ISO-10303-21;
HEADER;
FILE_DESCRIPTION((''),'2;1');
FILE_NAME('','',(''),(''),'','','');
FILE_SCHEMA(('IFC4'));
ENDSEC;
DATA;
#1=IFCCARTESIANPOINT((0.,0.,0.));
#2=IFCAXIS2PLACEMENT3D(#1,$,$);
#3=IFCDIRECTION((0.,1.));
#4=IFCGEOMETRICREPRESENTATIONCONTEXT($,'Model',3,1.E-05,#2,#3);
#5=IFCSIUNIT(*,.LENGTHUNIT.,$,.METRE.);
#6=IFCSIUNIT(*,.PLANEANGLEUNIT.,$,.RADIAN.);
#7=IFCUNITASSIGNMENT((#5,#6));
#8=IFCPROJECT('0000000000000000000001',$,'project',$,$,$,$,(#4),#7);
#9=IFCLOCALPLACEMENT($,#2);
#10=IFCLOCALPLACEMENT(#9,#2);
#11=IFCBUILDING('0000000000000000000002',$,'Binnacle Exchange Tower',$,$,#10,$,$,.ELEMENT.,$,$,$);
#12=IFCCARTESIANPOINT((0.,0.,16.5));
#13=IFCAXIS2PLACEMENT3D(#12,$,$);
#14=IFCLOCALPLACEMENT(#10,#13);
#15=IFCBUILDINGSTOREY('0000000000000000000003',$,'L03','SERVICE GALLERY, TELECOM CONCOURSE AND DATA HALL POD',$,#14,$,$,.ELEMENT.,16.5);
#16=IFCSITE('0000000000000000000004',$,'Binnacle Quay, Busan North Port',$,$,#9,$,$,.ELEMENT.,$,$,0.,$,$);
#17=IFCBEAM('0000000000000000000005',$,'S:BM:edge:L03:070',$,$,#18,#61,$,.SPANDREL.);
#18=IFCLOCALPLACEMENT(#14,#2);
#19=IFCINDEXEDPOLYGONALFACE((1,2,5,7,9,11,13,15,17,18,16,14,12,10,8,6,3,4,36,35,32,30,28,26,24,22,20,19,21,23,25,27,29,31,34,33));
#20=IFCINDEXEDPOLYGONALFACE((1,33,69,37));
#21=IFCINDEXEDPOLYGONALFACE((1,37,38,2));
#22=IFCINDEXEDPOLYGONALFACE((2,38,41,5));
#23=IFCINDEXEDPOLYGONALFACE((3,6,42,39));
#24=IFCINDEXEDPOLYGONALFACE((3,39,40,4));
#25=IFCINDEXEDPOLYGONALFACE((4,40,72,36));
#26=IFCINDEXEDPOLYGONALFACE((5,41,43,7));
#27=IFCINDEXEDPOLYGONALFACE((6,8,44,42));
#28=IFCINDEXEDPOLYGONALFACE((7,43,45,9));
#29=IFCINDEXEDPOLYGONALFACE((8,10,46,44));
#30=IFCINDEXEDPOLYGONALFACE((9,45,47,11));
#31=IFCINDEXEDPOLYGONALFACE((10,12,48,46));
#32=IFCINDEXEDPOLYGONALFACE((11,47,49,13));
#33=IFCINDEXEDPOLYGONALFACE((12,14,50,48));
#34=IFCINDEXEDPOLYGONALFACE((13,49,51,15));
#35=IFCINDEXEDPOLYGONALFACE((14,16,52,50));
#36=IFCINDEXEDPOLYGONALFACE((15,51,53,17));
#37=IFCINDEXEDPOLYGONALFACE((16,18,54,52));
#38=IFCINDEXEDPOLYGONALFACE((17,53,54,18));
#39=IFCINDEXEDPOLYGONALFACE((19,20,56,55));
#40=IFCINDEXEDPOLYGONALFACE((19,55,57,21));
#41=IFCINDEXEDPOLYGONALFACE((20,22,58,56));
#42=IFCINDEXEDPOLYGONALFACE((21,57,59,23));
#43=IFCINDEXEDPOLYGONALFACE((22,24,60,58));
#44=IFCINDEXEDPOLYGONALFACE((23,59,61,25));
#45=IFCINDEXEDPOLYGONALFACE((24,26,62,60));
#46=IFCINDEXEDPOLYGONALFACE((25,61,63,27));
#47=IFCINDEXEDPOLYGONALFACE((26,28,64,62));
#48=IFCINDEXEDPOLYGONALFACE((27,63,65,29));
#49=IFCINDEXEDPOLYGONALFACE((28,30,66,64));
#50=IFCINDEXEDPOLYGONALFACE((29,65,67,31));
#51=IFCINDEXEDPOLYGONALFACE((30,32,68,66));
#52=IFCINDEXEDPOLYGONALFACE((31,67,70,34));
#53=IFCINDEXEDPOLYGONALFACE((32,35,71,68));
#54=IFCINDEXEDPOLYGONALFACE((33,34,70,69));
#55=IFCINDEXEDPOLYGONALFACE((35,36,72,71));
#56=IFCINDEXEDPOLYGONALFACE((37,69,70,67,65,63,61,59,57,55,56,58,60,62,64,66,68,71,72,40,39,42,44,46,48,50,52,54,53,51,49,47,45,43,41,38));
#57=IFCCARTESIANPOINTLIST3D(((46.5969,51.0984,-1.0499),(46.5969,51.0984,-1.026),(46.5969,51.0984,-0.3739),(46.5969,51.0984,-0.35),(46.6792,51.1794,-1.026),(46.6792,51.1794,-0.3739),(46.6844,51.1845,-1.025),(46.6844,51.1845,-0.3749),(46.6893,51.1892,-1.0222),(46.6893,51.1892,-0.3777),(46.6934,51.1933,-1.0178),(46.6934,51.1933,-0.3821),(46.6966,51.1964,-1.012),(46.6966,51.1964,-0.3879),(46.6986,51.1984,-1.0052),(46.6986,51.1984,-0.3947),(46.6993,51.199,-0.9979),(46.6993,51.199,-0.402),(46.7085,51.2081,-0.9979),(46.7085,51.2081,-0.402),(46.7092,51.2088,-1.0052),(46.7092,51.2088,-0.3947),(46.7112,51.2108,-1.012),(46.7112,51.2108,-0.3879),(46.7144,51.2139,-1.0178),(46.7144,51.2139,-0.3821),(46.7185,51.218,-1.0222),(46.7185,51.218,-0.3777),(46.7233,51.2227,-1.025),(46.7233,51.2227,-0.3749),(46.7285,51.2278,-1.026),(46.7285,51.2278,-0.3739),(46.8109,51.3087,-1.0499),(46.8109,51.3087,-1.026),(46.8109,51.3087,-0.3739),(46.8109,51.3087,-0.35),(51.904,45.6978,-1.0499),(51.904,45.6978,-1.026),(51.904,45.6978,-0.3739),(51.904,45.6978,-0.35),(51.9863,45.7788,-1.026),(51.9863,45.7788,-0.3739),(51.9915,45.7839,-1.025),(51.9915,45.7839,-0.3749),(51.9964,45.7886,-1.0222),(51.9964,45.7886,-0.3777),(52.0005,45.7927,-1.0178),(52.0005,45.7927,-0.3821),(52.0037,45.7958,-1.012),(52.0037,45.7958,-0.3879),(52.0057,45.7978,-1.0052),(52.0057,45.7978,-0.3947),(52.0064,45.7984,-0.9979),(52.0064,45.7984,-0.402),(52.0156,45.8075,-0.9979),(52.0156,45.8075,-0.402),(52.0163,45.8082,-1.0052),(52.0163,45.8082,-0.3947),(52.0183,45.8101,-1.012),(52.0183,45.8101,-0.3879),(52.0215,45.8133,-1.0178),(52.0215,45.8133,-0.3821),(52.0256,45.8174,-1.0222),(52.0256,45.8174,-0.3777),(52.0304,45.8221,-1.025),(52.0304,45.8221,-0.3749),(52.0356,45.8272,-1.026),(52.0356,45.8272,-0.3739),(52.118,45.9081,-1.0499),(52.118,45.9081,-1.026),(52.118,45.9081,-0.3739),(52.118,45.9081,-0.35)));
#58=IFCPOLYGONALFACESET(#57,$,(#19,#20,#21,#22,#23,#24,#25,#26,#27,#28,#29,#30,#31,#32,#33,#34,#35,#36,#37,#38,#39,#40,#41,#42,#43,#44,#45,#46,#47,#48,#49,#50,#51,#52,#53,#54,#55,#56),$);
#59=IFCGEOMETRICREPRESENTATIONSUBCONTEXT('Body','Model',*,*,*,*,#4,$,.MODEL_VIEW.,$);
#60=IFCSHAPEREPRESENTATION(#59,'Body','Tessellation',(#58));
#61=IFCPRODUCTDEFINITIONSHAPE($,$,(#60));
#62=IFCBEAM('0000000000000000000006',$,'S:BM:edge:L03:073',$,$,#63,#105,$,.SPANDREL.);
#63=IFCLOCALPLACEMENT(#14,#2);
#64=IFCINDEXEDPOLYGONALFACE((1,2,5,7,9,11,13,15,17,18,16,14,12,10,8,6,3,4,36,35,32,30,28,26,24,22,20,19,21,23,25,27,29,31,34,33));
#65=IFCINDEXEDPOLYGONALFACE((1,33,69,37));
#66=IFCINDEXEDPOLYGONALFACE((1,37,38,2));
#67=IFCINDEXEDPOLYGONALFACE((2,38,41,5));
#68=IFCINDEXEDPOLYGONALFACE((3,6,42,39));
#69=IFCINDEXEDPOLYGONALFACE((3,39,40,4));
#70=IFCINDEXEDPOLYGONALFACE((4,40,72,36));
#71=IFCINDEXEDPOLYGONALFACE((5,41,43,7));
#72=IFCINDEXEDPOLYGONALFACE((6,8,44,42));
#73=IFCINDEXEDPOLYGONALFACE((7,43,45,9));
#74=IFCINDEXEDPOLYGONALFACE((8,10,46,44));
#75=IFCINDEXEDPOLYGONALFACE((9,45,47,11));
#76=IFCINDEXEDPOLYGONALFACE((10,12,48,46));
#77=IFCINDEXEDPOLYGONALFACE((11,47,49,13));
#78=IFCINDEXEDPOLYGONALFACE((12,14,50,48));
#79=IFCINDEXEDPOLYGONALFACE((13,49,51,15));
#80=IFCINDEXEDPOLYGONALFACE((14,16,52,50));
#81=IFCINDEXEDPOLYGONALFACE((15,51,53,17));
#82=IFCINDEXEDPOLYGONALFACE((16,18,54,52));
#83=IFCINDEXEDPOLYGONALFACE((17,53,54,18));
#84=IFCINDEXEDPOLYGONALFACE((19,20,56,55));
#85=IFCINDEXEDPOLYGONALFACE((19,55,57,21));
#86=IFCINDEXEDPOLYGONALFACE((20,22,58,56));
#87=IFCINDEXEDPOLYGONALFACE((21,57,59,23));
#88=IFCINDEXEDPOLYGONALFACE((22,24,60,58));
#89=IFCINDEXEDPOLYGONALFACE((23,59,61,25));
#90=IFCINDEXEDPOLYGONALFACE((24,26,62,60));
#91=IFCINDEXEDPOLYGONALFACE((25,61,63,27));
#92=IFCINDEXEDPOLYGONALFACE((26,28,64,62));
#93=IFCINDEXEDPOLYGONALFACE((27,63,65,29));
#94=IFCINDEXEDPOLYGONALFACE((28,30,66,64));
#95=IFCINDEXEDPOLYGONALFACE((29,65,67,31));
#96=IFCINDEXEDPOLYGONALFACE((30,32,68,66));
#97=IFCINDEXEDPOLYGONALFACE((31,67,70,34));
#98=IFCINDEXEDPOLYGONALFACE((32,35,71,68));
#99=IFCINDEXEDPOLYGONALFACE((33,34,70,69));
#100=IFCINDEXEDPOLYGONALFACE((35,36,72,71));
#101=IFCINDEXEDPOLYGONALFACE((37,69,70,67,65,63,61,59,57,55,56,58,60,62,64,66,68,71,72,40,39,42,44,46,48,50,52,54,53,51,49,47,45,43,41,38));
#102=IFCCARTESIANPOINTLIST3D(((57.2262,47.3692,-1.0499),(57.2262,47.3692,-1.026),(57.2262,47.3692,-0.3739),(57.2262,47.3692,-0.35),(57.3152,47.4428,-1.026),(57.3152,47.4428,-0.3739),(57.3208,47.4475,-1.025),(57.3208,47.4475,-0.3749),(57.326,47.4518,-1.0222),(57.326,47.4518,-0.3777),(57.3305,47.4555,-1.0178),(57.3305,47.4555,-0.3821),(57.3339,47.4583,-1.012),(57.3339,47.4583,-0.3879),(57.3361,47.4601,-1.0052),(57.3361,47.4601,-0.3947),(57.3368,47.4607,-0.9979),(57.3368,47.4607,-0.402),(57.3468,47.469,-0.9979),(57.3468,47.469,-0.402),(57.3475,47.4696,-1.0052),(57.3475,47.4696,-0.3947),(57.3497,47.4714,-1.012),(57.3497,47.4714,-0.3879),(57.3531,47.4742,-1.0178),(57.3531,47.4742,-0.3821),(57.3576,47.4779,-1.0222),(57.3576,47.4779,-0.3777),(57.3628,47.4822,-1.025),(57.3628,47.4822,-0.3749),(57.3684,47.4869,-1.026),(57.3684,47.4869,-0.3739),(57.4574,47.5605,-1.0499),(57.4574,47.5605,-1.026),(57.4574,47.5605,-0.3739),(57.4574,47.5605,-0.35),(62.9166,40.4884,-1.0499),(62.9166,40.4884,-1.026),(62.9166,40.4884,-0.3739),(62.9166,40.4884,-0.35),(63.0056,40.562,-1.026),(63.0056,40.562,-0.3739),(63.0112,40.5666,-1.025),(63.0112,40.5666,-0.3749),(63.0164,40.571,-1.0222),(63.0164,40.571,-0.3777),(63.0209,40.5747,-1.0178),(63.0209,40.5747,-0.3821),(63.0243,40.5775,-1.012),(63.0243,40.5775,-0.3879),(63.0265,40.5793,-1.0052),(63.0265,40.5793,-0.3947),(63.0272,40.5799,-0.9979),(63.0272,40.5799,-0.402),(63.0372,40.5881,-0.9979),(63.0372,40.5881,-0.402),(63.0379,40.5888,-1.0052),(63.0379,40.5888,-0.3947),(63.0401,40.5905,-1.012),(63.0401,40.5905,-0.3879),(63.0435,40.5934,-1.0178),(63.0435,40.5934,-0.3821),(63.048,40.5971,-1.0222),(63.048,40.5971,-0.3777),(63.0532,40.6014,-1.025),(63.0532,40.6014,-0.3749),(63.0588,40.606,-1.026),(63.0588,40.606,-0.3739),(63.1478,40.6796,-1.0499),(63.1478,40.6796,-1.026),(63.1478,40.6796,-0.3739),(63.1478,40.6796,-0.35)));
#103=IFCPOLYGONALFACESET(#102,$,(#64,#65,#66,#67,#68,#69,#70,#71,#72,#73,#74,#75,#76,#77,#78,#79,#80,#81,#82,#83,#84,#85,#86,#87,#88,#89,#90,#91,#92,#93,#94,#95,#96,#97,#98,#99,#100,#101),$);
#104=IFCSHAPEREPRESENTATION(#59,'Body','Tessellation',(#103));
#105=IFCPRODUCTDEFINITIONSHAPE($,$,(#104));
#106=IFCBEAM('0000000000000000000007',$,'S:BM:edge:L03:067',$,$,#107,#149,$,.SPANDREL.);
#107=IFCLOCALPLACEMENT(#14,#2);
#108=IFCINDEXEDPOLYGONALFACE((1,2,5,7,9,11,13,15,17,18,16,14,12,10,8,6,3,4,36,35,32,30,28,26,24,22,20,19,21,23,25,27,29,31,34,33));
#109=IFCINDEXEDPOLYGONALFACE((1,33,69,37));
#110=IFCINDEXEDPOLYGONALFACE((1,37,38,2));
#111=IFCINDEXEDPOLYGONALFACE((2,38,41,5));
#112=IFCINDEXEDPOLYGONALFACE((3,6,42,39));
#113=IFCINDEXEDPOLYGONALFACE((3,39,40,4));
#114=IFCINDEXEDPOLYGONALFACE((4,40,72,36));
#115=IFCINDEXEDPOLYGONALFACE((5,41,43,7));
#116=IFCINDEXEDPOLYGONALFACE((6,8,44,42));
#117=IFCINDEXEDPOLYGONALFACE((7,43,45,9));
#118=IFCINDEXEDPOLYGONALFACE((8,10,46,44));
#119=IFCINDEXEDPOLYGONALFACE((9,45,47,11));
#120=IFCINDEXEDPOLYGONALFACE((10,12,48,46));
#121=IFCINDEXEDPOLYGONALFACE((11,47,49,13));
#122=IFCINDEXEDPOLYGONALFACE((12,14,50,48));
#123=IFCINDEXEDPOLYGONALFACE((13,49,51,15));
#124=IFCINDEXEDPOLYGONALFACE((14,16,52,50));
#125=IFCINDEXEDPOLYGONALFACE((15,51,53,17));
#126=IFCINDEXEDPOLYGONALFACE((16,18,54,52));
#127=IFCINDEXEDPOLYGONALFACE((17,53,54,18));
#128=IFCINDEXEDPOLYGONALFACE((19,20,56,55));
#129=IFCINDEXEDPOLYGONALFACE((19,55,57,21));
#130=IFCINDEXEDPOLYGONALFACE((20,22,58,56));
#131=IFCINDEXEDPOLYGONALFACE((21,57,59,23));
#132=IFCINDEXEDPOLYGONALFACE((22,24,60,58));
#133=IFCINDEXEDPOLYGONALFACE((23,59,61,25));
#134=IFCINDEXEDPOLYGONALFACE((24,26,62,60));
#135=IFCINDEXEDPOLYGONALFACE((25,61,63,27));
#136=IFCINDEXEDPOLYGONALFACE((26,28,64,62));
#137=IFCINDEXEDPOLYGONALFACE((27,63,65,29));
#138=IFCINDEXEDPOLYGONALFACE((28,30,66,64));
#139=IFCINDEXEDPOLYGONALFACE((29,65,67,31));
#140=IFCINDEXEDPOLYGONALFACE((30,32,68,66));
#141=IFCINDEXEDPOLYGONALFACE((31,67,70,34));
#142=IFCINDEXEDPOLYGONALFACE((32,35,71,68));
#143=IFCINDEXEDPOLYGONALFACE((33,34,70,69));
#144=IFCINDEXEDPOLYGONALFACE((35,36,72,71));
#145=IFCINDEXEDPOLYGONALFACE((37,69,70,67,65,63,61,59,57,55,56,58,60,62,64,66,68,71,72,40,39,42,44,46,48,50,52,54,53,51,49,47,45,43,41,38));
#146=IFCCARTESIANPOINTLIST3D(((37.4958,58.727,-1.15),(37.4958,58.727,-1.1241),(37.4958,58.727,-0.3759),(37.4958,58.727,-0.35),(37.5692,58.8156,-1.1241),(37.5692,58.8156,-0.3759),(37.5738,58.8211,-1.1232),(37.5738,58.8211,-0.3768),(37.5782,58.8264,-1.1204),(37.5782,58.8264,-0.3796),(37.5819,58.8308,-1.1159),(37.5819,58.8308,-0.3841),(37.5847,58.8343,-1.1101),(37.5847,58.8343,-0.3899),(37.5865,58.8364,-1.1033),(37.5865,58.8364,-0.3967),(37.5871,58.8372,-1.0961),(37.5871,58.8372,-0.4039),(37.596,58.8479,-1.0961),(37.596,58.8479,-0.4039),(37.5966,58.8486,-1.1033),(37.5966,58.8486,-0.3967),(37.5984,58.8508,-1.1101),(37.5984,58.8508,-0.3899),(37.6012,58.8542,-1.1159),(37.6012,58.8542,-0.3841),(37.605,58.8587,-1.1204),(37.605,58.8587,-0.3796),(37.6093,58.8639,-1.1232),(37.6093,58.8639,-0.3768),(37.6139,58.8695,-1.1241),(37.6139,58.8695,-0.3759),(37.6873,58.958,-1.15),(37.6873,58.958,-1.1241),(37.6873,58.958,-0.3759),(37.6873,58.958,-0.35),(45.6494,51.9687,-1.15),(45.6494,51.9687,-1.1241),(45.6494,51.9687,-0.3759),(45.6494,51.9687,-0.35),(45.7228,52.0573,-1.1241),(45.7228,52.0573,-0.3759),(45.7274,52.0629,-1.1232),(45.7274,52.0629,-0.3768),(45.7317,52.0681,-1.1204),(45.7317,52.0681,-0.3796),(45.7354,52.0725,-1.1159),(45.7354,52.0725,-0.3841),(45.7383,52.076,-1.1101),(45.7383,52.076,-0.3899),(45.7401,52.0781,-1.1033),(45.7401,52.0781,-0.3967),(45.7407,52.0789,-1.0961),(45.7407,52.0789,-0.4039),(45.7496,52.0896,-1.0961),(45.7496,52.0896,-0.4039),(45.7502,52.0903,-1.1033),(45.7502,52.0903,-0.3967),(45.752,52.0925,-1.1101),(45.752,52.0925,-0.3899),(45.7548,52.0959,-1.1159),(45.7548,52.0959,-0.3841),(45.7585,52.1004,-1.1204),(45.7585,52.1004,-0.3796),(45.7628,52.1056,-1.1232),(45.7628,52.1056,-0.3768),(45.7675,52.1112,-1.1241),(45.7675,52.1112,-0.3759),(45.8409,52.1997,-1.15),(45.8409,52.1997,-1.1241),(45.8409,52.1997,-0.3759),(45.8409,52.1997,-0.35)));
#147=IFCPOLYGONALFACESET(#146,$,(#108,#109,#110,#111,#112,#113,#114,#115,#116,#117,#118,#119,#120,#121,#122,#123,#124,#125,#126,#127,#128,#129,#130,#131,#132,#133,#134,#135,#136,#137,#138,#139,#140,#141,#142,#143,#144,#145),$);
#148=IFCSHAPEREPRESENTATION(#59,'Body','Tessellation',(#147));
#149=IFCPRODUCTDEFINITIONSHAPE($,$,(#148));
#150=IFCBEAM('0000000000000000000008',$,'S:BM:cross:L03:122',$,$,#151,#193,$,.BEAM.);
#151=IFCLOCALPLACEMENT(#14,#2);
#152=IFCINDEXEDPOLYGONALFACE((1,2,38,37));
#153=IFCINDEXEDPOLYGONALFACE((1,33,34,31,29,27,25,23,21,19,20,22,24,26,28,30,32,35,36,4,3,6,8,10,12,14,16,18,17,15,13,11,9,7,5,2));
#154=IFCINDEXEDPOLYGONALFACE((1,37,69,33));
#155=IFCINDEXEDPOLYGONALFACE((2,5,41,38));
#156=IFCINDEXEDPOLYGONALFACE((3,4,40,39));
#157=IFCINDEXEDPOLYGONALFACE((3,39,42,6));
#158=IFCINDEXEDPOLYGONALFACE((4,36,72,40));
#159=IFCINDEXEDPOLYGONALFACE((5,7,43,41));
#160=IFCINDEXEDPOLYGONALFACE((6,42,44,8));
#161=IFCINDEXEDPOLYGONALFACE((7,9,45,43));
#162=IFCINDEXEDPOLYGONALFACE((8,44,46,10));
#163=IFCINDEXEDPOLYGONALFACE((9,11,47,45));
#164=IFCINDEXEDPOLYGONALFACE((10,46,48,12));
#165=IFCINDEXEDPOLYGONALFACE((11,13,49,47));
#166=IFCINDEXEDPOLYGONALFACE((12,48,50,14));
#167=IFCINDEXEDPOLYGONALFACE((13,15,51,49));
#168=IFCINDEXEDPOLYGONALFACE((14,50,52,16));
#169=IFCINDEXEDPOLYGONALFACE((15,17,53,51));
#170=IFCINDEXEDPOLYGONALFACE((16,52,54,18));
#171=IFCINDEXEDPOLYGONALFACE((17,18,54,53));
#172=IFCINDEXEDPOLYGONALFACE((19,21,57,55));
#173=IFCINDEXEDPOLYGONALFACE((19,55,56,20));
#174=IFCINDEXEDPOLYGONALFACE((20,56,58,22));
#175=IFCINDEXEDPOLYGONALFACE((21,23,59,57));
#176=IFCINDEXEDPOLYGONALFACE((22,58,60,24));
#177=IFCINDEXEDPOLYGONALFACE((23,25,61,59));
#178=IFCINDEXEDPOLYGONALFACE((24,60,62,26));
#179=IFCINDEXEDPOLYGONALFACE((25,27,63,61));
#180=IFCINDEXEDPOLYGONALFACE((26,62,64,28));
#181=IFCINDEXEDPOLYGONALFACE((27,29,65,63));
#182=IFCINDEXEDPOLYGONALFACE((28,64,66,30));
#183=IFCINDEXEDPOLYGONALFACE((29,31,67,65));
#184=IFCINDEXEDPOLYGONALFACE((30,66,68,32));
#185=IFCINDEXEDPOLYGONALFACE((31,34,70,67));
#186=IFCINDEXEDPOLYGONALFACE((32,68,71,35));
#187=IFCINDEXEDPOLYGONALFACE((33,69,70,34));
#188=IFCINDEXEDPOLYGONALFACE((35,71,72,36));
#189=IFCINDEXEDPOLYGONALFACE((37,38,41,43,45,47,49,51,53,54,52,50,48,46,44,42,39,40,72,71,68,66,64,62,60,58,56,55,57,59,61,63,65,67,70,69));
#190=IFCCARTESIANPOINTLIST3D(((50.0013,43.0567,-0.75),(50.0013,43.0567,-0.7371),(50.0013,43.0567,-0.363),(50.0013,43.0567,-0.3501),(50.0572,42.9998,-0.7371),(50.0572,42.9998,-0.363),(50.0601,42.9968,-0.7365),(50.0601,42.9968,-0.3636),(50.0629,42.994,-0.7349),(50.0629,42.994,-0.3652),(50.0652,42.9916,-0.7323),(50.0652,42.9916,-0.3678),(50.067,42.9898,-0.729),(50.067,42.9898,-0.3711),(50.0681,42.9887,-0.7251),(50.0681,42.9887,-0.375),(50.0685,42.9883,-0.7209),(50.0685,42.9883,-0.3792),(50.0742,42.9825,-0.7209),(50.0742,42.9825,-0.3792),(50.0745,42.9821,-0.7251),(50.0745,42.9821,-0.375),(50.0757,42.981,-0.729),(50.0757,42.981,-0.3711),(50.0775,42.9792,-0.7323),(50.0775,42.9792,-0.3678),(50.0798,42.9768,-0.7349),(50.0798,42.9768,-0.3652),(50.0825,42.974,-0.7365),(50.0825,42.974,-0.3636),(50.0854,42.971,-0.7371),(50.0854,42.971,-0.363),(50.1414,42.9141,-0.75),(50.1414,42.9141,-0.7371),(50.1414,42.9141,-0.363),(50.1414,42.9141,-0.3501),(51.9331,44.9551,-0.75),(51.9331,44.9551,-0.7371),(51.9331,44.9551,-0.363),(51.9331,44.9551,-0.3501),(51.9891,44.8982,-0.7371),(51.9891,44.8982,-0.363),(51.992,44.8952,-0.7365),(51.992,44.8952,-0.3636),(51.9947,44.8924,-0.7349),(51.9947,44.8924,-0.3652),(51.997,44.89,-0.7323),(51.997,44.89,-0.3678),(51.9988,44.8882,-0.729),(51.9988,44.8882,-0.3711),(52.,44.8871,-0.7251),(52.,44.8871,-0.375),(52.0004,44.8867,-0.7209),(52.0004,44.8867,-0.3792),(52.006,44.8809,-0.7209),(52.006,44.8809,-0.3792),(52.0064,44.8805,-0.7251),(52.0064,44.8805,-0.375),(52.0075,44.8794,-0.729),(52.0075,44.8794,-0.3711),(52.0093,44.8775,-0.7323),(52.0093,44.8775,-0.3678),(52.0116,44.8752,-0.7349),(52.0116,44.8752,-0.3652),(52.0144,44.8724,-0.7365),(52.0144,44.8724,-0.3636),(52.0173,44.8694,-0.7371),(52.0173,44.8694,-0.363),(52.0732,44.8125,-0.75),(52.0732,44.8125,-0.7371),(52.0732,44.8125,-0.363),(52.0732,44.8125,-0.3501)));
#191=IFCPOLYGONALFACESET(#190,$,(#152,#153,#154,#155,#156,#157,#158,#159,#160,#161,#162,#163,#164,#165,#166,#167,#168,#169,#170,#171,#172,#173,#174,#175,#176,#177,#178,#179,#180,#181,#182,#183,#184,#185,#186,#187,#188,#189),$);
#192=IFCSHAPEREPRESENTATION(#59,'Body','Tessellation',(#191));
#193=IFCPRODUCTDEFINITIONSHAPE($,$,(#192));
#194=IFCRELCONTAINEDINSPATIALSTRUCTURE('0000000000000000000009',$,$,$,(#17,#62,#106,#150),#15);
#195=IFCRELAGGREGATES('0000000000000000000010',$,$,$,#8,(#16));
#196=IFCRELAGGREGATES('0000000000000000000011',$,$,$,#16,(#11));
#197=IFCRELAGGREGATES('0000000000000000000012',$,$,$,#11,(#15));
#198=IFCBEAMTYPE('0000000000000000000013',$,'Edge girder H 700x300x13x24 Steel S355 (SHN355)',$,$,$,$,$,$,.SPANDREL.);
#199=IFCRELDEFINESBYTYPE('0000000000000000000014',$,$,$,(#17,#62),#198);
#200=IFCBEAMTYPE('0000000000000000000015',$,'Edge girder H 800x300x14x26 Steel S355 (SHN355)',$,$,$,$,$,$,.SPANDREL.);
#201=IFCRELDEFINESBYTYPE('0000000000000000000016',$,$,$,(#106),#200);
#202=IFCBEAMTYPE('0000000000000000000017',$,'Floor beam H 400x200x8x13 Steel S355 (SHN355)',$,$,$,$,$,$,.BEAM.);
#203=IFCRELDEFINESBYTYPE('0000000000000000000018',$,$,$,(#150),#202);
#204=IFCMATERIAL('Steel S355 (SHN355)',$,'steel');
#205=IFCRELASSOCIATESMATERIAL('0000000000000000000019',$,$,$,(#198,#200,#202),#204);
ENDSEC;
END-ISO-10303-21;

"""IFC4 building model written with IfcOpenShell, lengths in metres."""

from ifc_helpers import new_model, si_unit, direction, frame, origin, origin_2d, place, context, subcontext, project, spatial, i_section, extrude, material, material_profile, profile_set, type_object, element, save


model = new_model("IFC4")

# Units and contexts
model_context = context("Model", 3, precision=1e-05, world=origin(), true_north=direction((0.0, 1.0)))
body_context = subcontext(model_context, "Body", "Model", "MODEL_VIEW")
ifc_project = project(units=[si_unit("LENGTHUNIT", "METRE"), si_unit("PLANEANGLEUNIT", "RADIAN")], contexts=[model_context])

# Site, building, storey
site_placement = place(None, origin())
site = spatial("IfcSite", under=ifc_project, at=site_placement, Name="Binnacle Quay, Busan North Port", CompositionType="ELEMENT", RefElevation=0.0)
building_placement = place(site_placement, origin())
building = spatial("IfcBuilding", under=site, at=building_placement, Name="Binnacle Exchange Tower", CompositionType="ELEMENT")
storey_placement = place(building_placement, frame((0.0, 0.0, 16.5)))
storey = spatial("IfcBuildingStorey", under=building, at=storey_placement, Name="L03", Description="SERVICE GALLERY, TELECOM CONCOURSE AND DATA HALL POD", CompositionType="ELEMENT", Elevation=16.5)

# Beams
ifc_material_1 = material(Name="Steel S355 (SHN355)", Category="steel")
ifc_material_profile_1 = material_profile(ifc_material_1, i_section(OverallWidth=0.3, OverallDepth=0.7, WebThickness=0.0129, FlangeThickness=0.0239, FilletRadius=0.0281, at=origin_2d()), Name="H 700x300x13x24")
ifc_profile_set_1 = profile_set([ifc_material_profile_1], Name="Steel S355 (SHN355)")
beam_type_1 = type_object("IfcBeamType", Name="Edge girder H 700x300x13x24 Steel S355 (SHN355)", PredefinedType="SPANDREL", material=ifc_profile_set_1)
beam_1_placement = place(storey_placement, frame((52.011, 45.803, -0.7), z_axis=(-0.700905, 0.713254, 0.0), x_axis=(-0.713254, -0.700905, 0.0)))
element("IfcBeam", 1, at=beam_1_placement, inside=storey, type_object=beam_type_1, Name="S:BM:edge:L03:070", PredefinedType="SPANDREL", context=body_context, shape_type="SweptSolid", body=[
    extrude(i_section(OverallWidth=0.3, OverallDepth=0.7, WebThickness=0.0129, FlangeThickness=0.0239, FilletRadius=0.0281, at=origin_2d()), origin(), (0.0, 0.0, 1.0), 7.5718),
])
beam_2_placement = place(storey_placement, frame((57.3418, 47.4648, -0.7), z_axis=(0.637297, -0.770618, 0.0), x_axis=(0.770618, 0.637297, 0.0)))
element("IfcBeam", 2, at=beam_2_placement, inside=storey, type_object=beam_type_1, Name="S:BM:edge:L03:073", PredefinedType="SPANDREL", context=body_context, shape_type="SweptSolid", body=[
    extrude(i_section(OverallWidth=0.3, OverallDepth=0.7, WebThickness=0.0129, FlangeThickness=0.0239, FilletRadius=0.0281, at=origin_2d()), origin(), (0.0, 0.0, 1.0), 8.929),
])
ifc_material_profile_2 = material_profile(ifc_material_1, i_section(OverallWidth=0.3, OverallDepth=0.8, WebThickness=0.0139, FlangeThickness=0.0259, FilletRadius=0.0281, at=origin_2d()), Name="H 800x300x14x26")
ifc_profile_set_2 = profile_set([ifc_material_profile_2], Name="Steel S355 (SHN355)")
beam_type_2 = type_object("IfcBeamType", Name="Edge girder H 800x300x14x26 Steel S355 (SHN355)", PredefinedType="SPANDREL", material=ifc_profile_set_2)
beam_3_placement = place(storey_placement, frame((45.7451, 52.0842, -0.75), z_axis=(-0.769906, 0.638157, 0.0), x_axis=(-0.638157, -0.769906, 0.0)))
element("IfcBeam", 3, at=beam_3_placement, inside=storey, type_object=beam_type_2, Name="S:BM:edge:L03:067", PredefinedType="SPANDREL", context=body_context, shape_type="SweptSolid", body=[
    extrude(i_section(OverallWidth=0.3, OverallDepth=0.8, WebThickness=0.0139, FlangeThickness=0.0259, FilletRadius=0.0281, at=origin_2d()), origin(), (0.0, 0.0, 1.0), 10.5903),
])
ifc_material_profile_3 = material_profile(ifc_material_1, i_section(OverallWidth=0.2, OverallDepth=0.3999, WebThickness=0.0081, FlangeThickness=0.0129, FilletRadius=0.0161, at=origin_2d()), Name="H 400x200x8x13")
ifc_profile_set_3 = profile_set([ifc_material_profile_3], Name="Steel S355 (SHN355)")
beam_type_3 = type_object("IfcBeamType", Name="Floor beam H 400x200x8x13 Steel S355 (SHN355)", PredefinedType="BEAM", material=ifc_profile_set_3)
beam_4_placement = place(storey_placement, frame((52.0032, 44.8838, -0.55), z_axis=(-0.713254, -0.700905, 0.0), x_axis=(0.700905, -0.713254, 0.0)))
element("IfcBeam", 4, at=beam_4_placement, inside=storey, type_object=beam_type_3, Name="S:BM:cross:L03:122", PredefinedType="BEAM", context=body_context, shape_type="SweptSolid", body=[
    extrude(i_section(OverallWidth=0.2, OverallDepth=0.3999, WebThickness=0.0081, FlangeThickness=0.0129, FilletRadius=0.0161, at=origin_2d()), origin(), (0.0, 0.0, 1.0), 2.7085),
])

save(model, "model.ifc")
